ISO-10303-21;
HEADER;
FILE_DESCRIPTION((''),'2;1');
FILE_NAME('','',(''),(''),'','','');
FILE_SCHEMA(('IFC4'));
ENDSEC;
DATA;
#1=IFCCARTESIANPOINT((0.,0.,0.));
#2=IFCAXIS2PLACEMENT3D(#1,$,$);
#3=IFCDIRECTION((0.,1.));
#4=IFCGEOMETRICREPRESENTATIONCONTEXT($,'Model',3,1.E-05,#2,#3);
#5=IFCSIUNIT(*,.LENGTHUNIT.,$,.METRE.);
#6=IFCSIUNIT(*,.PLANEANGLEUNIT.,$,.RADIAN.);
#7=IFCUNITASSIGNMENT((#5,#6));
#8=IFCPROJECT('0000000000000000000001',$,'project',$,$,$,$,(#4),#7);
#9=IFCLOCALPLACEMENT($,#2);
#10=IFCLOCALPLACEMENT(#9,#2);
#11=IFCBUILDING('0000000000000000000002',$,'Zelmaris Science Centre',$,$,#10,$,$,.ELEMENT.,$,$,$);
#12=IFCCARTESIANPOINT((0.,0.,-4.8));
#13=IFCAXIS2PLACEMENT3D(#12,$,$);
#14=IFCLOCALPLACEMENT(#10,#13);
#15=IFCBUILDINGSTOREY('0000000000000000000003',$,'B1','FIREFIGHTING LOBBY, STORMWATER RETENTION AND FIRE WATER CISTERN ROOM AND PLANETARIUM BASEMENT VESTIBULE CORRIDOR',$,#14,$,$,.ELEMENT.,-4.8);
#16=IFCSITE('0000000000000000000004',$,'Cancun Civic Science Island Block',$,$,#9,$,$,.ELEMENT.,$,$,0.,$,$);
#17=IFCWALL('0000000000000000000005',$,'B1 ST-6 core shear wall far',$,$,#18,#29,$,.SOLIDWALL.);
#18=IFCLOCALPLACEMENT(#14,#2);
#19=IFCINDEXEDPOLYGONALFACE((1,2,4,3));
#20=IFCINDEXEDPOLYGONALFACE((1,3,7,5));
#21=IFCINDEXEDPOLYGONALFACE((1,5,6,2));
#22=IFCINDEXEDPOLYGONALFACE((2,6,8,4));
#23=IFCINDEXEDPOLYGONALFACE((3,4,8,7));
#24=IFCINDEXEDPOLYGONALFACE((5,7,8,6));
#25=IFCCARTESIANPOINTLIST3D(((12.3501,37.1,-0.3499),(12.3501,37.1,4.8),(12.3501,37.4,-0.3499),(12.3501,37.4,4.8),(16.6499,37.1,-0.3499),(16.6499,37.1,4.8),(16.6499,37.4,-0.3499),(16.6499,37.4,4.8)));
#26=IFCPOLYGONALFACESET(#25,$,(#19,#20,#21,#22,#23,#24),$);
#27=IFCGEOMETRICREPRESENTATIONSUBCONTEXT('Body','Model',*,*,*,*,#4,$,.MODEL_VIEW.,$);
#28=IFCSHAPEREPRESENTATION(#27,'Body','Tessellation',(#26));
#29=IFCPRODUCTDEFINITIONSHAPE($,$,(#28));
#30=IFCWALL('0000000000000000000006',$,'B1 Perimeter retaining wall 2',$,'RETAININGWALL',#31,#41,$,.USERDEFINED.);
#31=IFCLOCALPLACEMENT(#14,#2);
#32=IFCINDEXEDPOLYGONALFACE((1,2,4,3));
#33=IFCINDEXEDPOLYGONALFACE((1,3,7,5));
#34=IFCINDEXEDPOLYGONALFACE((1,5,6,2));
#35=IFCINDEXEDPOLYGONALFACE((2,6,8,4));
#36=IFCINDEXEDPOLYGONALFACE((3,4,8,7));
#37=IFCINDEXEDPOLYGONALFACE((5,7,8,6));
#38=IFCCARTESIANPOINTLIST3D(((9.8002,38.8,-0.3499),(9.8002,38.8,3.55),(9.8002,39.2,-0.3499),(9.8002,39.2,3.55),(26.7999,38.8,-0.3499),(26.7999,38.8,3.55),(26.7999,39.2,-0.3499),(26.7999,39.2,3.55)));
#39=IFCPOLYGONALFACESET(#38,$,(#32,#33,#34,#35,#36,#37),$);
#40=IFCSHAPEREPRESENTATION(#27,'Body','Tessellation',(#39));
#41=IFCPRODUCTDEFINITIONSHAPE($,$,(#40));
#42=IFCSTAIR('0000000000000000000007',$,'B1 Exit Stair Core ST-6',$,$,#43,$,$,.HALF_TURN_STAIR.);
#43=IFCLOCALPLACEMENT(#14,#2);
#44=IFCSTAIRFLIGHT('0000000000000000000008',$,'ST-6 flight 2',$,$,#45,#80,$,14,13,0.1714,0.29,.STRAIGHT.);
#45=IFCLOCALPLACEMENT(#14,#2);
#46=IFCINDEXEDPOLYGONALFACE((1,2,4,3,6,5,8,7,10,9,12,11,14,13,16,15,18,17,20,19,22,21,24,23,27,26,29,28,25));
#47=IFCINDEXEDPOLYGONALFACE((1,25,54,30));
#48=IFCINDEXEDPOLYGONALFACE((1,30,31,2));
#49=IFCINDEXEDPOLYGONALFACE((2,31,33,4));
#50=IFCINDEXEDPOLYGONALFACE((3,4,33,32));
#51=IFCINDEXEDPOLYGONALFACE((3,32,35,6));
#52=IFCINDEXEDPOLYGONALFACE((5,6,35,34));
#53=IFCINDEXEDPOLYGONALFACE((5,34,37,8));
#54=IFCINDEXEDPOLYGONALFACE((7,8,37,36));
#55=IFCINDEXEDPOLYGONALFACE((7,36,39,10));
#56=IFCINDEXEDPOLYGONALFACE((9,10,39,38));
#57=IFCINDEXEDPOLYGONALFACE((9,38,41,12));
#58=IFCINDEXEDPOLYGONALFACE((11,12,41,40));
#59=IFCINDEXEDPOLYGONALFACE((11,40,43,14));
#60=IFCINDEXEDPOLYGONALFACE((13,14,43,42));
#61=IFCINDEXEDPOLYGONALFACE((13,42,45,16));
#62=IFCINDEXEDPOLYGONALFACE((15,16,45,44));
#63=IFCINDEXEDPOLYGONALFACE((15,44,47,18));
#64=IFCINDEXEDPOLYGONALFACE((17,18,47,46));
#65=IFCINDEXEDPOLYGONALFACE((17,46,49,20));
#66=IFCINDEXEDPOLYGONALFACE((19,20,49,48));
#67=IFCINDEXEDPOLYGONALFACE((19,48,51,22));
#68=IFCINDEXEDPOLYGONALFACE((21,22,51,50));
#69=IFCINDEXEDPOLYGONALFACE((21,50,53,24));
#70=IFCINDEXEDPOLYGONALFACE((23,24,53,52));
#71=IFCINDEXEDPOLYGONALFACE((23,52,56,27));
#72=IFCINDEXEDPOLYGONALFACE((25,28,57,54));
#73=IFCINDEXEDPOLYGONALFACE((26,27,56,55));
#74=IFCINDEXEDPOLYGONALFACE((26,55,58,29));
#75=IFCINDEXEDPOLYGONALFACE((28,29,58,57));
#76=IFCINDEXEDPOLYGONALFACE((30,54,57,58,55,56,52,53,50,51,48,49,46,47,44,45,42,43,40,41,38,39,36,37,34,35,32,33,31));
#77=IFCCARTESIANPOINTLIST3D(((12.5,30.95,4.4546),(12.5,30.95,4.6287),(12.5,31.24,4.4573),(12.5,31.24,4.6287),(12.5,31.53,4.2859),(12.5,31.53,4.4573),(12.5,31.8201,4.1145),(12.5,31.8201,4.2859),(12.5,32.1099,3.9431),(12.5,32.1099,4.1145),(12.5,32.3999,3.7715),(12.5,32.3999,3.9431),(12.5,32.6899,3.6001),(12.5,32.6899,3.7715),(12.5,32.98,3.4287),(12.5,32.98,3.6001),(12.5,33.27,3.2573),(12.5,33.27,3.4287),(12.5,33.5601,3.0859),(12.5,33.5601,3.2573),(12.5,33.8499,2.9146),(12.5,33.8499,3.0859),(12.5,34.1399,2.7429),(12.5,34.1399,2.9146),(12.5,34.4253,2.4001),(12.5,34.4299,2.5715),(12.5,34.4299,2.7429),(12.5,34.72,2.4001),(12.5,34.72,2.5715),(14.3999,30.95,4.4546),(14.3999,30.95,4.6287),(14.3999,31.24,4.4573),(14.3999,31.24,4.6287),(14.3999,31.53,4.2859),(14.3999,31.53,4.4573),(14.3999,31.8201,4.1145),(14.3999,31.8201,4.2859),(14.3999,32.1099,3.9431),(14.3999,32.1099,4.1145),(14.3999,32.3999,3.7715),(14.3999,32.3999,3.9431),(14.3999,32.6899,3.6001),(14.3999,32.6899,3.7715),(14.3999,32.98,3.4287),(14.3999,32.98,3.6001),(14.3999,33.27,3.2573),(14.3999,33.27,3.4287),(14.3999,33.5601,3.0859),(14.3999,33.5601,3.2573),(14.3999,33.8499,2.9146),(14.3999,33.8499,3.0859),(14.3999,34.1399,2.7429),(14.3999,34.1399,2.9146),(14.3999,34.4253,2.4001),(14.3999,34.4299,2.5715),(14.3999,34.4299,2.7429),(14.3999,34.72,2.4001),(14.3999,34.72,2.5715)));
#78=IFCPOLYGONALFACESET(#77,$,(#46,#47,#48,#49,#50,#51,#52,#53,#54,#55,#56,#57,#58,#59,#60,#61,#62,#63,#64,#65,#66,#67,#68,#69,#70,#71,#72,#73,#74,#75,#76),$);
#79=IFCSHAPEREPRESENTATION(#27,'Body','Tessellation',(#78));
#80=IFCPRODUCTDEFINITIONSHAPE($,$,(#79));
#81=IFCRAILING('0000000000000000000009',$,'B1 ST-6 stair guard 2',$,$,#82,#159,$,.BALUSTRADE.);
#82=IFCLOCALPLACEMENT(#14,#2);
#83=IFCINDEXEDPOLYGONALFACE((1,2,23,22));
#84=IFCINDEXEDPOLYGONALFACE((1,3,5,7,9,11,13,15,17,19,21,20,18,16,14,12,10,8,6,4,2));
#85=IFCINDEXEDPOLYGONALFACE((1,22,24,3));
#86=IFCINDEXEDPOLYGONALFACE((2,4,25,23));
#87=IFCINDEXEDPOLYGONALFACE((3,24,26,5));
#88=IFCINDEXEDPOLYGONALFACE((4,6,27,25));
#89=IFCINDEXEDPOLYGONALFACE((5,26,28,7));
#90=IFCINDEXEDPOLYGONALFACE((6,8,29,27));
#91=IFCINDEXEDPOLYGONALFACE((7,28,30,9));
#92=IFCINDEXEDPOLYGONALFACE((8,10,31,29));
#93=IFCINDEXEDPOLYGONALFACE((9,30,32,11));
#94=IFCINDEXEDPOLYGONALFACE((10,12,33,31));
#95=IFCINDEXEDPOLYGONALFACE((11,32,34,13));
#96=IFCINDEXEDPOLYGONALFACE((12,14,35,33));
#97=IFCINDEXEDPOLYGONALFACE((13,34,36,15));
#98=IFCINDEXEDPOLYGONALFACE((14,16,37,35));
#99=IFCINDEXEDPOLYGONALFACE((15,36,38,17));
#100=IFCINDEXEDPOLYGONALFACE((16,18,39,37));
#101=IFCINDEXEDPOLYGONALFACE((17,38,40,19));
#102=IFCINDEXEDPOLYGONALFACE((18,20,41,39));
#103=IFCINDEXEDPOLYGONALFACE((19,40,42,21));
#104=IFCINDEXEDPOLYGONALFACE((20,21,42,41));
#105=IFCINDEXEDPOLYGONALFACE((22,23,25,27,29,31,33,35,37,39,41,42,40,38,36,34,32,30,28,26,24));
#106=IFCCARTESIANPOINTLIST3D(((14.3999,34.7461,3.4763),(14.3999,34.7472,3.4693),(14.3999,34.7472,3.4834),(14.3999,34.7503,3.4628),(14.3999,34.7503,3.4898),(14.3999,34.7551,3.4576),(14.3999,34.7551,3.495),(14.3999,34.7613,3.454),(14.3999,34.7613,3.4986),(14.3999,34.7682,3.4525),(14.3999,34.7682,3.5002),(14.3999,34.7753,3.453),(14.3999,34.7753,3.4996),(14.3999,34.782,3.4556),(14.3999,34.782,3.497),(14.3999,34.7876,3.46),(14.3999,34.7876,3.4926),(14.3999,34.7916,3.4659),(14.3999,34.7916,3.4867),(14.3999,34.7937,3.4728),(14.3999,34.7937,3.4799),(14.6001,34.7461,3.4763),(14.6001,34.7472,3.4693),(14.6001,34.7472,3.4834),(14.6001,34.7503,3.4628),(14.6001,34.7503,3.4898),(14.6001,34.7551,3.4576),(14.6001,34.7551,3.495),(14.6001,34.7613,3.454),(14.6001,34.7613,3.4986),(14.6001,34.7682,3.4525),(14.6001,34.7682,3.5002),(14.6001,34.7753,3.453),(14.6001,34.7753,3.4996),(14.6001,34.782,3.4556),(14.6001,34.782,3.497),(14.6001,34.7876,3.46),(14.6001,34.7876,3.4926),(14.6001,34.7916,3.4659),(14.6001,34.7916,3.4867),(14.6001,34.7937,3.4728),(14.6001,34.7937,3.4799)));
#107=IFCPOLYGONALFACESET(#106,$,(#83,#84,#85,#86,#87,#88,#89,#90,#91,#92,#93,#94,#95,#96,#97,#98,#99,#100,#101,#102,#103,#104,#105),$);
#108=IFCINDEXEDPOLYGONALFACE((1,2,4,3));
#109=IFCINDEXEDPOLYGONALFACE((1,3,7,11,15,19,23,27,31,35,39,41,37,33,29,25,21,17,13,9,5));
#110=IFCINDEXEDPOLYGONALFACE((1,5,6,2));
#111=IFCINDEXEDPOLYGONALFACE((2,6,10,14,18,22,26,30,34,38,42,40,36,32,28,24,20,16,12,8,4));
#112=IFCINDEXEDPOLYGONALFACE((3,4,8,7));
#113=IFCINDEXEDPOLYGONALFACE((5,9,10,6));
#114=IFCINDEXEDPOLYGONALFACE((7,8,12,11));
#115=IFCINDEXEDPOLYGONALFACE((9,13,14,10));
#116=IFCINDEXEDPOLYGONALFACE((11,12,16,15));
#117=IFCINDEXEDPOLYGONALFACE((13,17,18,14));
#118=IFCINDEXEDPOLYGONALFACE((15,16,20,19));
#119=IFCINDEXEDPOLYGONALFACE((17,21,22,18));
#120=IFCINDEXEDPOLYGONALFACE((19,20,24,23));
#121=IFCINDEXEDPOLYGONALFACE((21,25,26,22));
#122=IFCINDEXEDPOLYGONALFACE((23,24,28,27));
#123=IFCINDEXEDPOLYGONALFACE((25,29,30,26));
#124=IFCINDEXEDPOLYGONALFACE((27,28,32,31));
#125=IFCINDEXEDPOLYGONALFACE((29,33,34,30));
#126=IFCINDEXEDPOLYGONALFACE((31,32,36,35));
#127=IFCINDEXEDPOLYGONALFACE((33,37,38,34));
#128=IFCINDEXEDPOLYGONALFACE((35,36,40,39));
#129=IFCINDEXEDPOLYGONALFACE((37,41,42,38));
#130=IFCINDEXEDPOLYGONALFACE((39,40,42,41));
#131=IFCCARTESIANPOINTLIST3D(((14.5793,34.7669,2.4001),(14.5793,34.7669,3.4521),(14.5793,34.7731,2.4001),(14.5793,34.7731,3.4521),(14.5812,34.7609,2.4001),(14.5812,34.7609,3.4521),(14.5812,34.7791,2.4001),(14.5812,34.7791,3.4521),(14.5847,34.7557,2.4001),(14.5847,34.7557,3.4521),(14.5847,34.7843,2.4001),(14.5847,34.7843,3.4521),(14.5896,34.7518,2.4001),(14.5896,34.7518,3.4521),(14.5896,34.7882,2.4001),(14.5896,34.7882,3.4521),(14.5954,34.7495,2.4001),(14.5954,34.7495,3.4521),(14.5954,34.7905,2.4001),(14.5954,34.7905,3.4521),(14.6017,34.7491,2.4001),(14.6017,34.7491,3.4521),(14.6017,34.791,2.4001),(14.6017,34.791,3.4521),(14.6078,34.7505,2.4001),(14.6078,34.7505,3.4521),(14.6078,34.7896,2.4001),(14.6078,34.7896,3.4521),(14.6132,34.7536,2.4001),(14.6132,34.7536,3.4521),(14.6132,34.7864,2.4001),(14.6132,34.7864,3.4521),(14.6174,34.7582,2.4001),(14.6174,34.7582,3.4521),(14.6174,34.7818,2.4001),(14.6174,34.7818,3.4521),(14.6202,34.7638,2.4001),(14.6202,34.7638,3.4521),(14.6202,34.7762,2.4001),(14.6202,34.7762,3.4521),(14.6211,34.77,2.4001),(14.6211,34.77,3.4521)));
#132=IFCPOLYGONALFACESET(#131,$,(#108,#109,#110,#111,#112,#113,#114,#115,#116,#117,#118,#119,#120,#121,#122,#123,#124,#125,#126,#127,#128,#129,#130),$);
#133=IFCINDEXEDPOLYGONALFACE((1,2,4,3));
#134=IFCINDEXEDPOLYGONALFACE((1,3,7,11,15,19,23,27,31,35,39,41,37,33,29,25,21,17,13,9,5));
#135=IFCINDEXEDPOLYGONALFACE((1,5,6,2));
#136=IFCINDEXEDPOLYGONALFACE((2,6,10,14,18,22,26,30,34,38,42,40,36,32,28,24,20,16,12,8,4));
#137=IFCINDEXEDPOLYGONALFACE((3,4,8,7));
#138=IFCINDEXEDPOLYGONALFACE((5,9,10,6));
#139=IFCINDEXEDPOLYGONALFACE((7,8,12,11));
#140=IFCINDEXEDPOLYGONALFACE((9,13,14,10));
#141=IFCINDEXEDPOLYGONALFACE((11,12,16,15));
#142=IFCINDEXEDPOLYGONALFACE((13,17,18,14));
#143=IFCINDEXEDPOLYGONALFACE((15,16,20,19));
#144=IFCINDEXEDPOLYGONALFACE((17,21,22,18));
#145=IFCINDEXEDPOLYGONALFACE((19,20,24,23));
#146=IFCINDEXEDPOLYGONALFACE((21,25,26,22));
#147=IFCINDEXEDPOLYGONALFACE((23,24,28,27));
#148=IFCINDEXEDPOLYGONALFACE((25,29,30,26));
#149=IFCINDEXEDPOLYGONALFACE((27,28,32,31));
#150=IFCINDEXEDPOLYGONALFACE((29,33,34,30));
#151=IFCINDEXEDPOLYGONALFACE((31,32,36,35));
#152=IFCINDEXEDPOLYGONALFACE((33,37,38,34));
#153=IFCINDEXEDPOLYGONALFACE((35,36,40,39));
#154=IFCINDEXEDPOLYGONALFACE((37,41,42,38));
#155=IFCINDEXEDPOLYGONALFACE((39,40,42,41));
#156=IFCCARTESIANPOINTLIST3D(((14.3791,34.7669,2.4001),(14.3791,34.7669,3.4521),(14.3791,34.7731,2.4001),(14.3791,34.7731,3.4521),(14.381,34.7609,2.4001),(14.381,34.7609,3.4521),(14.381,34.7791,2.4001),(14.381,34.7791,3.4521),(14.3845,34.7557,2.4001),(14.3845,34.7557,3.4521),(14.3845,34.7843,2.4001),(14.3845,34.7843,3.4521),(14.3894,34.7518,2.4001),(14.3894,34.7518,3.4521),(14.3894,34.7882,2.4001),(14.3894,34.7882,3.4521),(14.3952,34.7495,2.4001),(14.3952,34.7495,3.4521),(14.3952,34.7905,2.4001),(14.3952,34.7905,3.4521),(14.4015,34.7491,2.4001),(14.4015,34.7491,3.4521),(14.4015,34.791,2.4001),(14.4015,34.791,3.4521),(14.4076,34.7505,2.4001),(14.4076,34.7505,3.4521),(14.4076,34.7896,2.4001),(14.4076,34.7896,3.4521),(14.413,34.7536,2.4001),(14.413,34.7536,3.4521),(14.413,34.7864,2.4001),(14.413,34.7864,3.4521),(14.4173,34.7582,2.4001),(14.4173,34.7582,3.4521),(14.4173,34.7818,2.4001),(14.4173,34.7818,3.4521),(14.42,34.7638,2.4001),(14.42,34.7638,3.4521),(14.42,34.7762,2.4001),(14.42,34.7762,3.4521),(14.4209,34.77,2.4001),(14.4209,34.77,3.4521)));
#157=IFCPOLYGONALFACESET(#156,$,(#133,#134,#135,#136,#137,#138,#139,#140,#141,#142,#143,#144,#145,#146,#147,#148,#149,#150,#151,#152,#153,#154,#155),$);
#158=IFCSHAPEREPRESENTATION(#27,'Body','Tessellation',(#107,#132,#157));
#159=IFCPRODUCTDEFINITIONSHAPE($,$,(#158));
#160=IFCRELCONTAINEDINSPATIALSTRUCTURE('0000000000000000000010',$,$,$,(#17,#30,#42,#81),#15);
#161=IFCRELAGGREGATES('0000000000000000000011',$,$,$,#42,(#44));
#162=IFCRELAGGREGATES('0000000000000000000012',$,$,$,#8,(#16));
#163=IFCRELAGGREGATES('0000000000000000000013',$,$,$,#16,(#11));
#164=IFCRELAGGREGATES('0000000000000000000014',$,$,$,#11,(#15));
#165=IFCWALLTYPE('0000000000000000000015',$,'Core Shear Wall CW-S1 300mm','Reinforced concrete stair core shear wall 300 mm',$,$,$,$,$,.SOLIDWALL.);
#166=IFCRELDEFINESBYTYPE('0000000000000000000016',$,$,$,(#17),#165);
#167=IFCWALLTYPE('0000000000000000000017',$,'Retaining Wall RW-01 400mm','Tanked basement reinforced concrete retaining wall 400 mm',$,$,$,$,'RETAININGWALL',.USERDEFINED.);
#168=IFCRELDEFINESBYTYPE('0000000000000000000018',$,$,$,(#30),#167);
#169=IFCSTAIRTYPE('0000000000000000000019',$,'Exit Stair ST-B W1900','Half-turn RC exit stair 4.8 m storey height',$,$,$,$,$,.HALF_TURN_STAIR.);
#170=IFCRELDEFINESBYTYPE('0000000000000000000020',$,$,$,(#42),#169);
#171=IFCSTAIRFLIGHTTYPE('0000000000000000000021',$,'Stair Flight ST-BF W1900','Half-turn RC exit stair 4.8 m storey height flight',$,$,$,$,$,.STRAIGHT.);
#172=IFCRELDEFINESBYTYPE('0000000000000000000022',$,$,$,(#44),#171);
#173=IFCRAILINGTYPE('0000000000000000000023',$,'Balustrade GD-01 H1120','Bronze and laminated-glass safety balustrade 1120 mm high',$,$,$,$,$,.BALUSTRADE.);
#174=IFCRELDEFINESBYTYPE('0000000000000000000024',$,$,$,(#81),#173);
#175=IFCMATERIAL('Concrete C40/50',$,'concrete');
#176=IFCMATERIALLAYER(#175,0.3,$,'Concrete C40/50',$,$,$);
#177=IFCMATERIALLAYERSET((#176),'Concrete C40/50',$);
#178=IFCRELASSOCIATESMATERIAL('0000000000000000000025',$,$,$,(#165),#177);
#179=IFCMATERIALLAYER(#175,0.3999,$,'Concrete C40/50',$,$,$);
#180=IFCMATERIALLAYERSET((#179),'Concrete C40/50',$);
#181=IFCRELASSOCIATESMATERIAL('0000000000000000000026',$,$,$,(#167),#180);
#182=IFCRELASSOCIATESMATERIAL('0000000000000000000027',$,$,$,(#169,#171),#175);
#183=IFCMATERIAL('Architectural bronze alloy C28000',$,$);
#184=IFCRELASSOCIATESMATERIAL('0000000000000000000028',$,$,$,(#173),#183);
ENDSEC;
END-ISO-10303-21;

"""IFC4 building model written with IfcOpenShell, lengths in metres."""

from ifc_helpers import new_model, si_unit, direction, frame, frame_2d, origin, origin_2d, place, context, subcontext, project, spatial, polyline, rectangle, circle, outline, extrude, material, layer, layer_set, type_object, element, aggregate, save


model = new_model("IFC4")

# Units and contexts
model_context = context("Model", 3, precision=1e-05, world=origin(), true_north=direction((0.0, 1.0)))
body_context = subcontext(model_context, "Body", "Model", "MODEL_VIEW")
ifc_project = project(units=[si_unit("LENGTHUNIT", "METRE"), si_unit("PLANEANGLEUNIT", "RADIAN")], contexts=[model_context])

# Site, building, storey
site_placement = place(None, origin())
site = spatial("IfcSite", under=ifc_project, at=site_placement, Name="Cancun Civic Science Island Block", CompositionType="ELEMENT", RefElevation=0.0)
building_placement = place(site_placement, origin())
building = spatial("IfcBuilding", under=site, at=building_placement, Name="Zelmaris Science Centre", CompositionType="ELEMENT")
storey_placement = place(building_placement, frame((0.0, 0.0, -4.8)))
storey = spatial("IfcBuildingStorey", under=building, at=storey_placement, Name="B1", Description="FIREFIGHTING LOBBY, STORMWATER RETENTION AND FIRE WATER CISTERN ROOM AND PLANETARIUM BASEMENT VESTIBULE CORRIDOR", CompositionType="ELEMENT", Elevation=-4.8)

# Shared definitions
ifc_material_1 = material(Name="Concrete C40/50", Category="concrete")

# Walls
ifc_layer_1 = layer(ifc_material_1, 0.3, Name="Concrete C40/50")
ifc_layer_set_1 = layer_set([ifc_layer_1], Name="Concrete C40/50")
wall_type_1 = type_object("IfcWallType", Name="Core Shear Wall CW-S1 300mm", Description="Reinforced concrete stair core shear wall 300 mm", PredefinedType="SOLIDWALL", material=ifc_layer_set_1)
wall_1_placement = place(storey_placement, frame((16.6499, 37.25, -0.3499), z_axis=(0.0, 0.0, 1.0), x_axis=(-1.0, 0.0, 0.0)))
element("IfcWall", 1, at=wall_1_placement, inside=storey, type_object=wall_type_1, Name="B1 ST-6 core shear wall far", PredefinedType="SOLIDWALL", context=body_context, shape_type="SweptSolid", body=[
    extrude(rectangle(XDim=4.2998, YDim=0.3, at=frame_2d((2.1499, 0.0))), origin(), (0.0, 0.0, 1.0), 5.1499),
])
ifc_layer_2 = layer(ifc_material_1, 0.3999, Name="Concrete C40/50")
ifc_layer_set_2 = layer_set([ifc_layer_2], Name="Concrete C40/50")
wall_type_2 = type_object("IfcWallType", Name="Retaining Wall RW-01 400mm", Description="Tanked basement reinforced concrete retaining wall 400 mm", ElementType="RETAININGWALL", PredefinedType="USERDEFINED", material=ifc_layer_set_2)
wall_2_placement = place(storey_placement, frame((9.8, 39.0, -0.3499), z_axis=(0.0, 0.0, 1.0), x_axis=(1.0, 0.0, 0.0)))
element("IfcWall", 2, at=wall_2_placement, inside=storey, type_object=wall_type_2, Name="B1 Perimeter retaining wall 2", ObjectType="RETAININGWALL", PredefinedType="USERDEFINED", context=body_context, shape_type="SweptSolid", body=[
    extrude(rectangle(XDim=16.9998, YDim=0.3999, at=frame_2d((8.5, 0.0))), origin(), (0.0, 0.0, 1.0), 3.8999),
])

# Stair, stair flight
stair_type = type_object("IfcStairType", Name="Exit Stair ST-B W1900", Description="Half-turn RC exit stair 4.8 m storey height", PredefinedType="HALF_TURN_STAIR", material=ifc_material_1)
stair_placement = place(storey_placement, origin())
stair = element("IfcStair", 3, at=stair_placement, inside=storey, type_object=stair_type, Name="B1 Exit Stair Core ST-6", PredefinedType="HALF_TURN_STAIR")
stair_flight_type = type_object("IfcStairFlightType", Name="Stair Flight ST-BF W1900", Description="Half-turn RC exit stair 4.8 m storey height flight", PredefinedType="STRAIGHT", material=ifc_material_1)
stair_flight_placement = place(storey_placement, frame((13.45, 34.72, 2.4001), z_axis=(0.0, 0.0, 1.0), x_axis=(0.0, -1.0, 0.0)))
stair_flight = element("IfcStairFlight", 4, at=stair_flight_placement, type_object=stair_flight_type, Name="ST-6 flight 2", NumberOfRisers=14, NumberOfTreads=13, PredefinedType="STRAIGHT", RiserHeight=0.1714, TreadLength=0.29, context=body_context, shape_type="SweptSolid", body=[
    extrude(outline(polyline([(0.0, 0.0), (0.0, 0.1714), (0.29, 0.1714), (0.29, 0.3428), (0.5801, 0.3428), (0.5801, 0.5144), (0.8701, 0.5144), (0.8701, 0.6858), (1.1599, 0.6858), (1.1599, 0.8572), (1.45, 0.8572), (1.45, 1.0286), (1.74, 1.0286), (1.74, 1.2), (2.03, 1.2), (2.03, 1.3713), (2.3201, 1.3713), (2.3201, 1.543), (2.6101, 1.543), (2.6101, 1.7144), (2.8999, 1.7144), (2.8999, 1.8857), (3.1899, 1.8857), (3.1899, 2.0571), (3.48, 2.0571), (3.48, 2.2285), (3.77, 2.2285), (3.77, 2.3999), (3.77, 2.0544), (0.2947, 0.0), (0.0, 0.0)])), frame((0.0, 0.95, 0.0), z_axis=(0.0, -1.0, 0.0), x_axis=(1.0, 0.0, 0.0)), (0.0, 0.0, 1.0), 1.8999),
])
aggregate(stair, [stair_flight])

# Railing
ifc_material_2 = material(Name="Architectural bronze alloy C28000")
railing_type_1 = type_object("IfcRailingType", Name="Balustrade GD-01 H1120", Description="Bronze and laminated-glass safety balustrade 1120 mm high", PredefinedType="BALUSTRADE", material=ifc_material_2)
railing_1_placement = place(storey_placement, frame((14.6001, 34.77, 2.4001)))
element("IfcRailing", 5, at=railing_1_placement, inside=storey, type_object=railing_type_1, Name="B1 ST-6 stair guard 2", PredefinedType="BALUSTRADE", context=body_context, shape_type="SweptSolid", body=[
    extrude(circle(Radius=0.0239, at=origin_2d()), frame((0.0, 0.0, 1.0762), z_axis=(-1.0, 0.0, 0.0), x_axis=(0.0, -1.0, 0.0)), (0.0, 0.0, 1.0), 0.2002),
    extrude(circle(Radius=0.021, at=origin_2d()), origin(), (0.0, 0.0, 1.0), 1.052),
    extrude(circle(Radius=0.021, at=origin_2d()), frame((-0.2002, 0.0, 0.0)), (0.0, 0.0, 1.0), 1.052),
])

save(model, "model.ifc")
